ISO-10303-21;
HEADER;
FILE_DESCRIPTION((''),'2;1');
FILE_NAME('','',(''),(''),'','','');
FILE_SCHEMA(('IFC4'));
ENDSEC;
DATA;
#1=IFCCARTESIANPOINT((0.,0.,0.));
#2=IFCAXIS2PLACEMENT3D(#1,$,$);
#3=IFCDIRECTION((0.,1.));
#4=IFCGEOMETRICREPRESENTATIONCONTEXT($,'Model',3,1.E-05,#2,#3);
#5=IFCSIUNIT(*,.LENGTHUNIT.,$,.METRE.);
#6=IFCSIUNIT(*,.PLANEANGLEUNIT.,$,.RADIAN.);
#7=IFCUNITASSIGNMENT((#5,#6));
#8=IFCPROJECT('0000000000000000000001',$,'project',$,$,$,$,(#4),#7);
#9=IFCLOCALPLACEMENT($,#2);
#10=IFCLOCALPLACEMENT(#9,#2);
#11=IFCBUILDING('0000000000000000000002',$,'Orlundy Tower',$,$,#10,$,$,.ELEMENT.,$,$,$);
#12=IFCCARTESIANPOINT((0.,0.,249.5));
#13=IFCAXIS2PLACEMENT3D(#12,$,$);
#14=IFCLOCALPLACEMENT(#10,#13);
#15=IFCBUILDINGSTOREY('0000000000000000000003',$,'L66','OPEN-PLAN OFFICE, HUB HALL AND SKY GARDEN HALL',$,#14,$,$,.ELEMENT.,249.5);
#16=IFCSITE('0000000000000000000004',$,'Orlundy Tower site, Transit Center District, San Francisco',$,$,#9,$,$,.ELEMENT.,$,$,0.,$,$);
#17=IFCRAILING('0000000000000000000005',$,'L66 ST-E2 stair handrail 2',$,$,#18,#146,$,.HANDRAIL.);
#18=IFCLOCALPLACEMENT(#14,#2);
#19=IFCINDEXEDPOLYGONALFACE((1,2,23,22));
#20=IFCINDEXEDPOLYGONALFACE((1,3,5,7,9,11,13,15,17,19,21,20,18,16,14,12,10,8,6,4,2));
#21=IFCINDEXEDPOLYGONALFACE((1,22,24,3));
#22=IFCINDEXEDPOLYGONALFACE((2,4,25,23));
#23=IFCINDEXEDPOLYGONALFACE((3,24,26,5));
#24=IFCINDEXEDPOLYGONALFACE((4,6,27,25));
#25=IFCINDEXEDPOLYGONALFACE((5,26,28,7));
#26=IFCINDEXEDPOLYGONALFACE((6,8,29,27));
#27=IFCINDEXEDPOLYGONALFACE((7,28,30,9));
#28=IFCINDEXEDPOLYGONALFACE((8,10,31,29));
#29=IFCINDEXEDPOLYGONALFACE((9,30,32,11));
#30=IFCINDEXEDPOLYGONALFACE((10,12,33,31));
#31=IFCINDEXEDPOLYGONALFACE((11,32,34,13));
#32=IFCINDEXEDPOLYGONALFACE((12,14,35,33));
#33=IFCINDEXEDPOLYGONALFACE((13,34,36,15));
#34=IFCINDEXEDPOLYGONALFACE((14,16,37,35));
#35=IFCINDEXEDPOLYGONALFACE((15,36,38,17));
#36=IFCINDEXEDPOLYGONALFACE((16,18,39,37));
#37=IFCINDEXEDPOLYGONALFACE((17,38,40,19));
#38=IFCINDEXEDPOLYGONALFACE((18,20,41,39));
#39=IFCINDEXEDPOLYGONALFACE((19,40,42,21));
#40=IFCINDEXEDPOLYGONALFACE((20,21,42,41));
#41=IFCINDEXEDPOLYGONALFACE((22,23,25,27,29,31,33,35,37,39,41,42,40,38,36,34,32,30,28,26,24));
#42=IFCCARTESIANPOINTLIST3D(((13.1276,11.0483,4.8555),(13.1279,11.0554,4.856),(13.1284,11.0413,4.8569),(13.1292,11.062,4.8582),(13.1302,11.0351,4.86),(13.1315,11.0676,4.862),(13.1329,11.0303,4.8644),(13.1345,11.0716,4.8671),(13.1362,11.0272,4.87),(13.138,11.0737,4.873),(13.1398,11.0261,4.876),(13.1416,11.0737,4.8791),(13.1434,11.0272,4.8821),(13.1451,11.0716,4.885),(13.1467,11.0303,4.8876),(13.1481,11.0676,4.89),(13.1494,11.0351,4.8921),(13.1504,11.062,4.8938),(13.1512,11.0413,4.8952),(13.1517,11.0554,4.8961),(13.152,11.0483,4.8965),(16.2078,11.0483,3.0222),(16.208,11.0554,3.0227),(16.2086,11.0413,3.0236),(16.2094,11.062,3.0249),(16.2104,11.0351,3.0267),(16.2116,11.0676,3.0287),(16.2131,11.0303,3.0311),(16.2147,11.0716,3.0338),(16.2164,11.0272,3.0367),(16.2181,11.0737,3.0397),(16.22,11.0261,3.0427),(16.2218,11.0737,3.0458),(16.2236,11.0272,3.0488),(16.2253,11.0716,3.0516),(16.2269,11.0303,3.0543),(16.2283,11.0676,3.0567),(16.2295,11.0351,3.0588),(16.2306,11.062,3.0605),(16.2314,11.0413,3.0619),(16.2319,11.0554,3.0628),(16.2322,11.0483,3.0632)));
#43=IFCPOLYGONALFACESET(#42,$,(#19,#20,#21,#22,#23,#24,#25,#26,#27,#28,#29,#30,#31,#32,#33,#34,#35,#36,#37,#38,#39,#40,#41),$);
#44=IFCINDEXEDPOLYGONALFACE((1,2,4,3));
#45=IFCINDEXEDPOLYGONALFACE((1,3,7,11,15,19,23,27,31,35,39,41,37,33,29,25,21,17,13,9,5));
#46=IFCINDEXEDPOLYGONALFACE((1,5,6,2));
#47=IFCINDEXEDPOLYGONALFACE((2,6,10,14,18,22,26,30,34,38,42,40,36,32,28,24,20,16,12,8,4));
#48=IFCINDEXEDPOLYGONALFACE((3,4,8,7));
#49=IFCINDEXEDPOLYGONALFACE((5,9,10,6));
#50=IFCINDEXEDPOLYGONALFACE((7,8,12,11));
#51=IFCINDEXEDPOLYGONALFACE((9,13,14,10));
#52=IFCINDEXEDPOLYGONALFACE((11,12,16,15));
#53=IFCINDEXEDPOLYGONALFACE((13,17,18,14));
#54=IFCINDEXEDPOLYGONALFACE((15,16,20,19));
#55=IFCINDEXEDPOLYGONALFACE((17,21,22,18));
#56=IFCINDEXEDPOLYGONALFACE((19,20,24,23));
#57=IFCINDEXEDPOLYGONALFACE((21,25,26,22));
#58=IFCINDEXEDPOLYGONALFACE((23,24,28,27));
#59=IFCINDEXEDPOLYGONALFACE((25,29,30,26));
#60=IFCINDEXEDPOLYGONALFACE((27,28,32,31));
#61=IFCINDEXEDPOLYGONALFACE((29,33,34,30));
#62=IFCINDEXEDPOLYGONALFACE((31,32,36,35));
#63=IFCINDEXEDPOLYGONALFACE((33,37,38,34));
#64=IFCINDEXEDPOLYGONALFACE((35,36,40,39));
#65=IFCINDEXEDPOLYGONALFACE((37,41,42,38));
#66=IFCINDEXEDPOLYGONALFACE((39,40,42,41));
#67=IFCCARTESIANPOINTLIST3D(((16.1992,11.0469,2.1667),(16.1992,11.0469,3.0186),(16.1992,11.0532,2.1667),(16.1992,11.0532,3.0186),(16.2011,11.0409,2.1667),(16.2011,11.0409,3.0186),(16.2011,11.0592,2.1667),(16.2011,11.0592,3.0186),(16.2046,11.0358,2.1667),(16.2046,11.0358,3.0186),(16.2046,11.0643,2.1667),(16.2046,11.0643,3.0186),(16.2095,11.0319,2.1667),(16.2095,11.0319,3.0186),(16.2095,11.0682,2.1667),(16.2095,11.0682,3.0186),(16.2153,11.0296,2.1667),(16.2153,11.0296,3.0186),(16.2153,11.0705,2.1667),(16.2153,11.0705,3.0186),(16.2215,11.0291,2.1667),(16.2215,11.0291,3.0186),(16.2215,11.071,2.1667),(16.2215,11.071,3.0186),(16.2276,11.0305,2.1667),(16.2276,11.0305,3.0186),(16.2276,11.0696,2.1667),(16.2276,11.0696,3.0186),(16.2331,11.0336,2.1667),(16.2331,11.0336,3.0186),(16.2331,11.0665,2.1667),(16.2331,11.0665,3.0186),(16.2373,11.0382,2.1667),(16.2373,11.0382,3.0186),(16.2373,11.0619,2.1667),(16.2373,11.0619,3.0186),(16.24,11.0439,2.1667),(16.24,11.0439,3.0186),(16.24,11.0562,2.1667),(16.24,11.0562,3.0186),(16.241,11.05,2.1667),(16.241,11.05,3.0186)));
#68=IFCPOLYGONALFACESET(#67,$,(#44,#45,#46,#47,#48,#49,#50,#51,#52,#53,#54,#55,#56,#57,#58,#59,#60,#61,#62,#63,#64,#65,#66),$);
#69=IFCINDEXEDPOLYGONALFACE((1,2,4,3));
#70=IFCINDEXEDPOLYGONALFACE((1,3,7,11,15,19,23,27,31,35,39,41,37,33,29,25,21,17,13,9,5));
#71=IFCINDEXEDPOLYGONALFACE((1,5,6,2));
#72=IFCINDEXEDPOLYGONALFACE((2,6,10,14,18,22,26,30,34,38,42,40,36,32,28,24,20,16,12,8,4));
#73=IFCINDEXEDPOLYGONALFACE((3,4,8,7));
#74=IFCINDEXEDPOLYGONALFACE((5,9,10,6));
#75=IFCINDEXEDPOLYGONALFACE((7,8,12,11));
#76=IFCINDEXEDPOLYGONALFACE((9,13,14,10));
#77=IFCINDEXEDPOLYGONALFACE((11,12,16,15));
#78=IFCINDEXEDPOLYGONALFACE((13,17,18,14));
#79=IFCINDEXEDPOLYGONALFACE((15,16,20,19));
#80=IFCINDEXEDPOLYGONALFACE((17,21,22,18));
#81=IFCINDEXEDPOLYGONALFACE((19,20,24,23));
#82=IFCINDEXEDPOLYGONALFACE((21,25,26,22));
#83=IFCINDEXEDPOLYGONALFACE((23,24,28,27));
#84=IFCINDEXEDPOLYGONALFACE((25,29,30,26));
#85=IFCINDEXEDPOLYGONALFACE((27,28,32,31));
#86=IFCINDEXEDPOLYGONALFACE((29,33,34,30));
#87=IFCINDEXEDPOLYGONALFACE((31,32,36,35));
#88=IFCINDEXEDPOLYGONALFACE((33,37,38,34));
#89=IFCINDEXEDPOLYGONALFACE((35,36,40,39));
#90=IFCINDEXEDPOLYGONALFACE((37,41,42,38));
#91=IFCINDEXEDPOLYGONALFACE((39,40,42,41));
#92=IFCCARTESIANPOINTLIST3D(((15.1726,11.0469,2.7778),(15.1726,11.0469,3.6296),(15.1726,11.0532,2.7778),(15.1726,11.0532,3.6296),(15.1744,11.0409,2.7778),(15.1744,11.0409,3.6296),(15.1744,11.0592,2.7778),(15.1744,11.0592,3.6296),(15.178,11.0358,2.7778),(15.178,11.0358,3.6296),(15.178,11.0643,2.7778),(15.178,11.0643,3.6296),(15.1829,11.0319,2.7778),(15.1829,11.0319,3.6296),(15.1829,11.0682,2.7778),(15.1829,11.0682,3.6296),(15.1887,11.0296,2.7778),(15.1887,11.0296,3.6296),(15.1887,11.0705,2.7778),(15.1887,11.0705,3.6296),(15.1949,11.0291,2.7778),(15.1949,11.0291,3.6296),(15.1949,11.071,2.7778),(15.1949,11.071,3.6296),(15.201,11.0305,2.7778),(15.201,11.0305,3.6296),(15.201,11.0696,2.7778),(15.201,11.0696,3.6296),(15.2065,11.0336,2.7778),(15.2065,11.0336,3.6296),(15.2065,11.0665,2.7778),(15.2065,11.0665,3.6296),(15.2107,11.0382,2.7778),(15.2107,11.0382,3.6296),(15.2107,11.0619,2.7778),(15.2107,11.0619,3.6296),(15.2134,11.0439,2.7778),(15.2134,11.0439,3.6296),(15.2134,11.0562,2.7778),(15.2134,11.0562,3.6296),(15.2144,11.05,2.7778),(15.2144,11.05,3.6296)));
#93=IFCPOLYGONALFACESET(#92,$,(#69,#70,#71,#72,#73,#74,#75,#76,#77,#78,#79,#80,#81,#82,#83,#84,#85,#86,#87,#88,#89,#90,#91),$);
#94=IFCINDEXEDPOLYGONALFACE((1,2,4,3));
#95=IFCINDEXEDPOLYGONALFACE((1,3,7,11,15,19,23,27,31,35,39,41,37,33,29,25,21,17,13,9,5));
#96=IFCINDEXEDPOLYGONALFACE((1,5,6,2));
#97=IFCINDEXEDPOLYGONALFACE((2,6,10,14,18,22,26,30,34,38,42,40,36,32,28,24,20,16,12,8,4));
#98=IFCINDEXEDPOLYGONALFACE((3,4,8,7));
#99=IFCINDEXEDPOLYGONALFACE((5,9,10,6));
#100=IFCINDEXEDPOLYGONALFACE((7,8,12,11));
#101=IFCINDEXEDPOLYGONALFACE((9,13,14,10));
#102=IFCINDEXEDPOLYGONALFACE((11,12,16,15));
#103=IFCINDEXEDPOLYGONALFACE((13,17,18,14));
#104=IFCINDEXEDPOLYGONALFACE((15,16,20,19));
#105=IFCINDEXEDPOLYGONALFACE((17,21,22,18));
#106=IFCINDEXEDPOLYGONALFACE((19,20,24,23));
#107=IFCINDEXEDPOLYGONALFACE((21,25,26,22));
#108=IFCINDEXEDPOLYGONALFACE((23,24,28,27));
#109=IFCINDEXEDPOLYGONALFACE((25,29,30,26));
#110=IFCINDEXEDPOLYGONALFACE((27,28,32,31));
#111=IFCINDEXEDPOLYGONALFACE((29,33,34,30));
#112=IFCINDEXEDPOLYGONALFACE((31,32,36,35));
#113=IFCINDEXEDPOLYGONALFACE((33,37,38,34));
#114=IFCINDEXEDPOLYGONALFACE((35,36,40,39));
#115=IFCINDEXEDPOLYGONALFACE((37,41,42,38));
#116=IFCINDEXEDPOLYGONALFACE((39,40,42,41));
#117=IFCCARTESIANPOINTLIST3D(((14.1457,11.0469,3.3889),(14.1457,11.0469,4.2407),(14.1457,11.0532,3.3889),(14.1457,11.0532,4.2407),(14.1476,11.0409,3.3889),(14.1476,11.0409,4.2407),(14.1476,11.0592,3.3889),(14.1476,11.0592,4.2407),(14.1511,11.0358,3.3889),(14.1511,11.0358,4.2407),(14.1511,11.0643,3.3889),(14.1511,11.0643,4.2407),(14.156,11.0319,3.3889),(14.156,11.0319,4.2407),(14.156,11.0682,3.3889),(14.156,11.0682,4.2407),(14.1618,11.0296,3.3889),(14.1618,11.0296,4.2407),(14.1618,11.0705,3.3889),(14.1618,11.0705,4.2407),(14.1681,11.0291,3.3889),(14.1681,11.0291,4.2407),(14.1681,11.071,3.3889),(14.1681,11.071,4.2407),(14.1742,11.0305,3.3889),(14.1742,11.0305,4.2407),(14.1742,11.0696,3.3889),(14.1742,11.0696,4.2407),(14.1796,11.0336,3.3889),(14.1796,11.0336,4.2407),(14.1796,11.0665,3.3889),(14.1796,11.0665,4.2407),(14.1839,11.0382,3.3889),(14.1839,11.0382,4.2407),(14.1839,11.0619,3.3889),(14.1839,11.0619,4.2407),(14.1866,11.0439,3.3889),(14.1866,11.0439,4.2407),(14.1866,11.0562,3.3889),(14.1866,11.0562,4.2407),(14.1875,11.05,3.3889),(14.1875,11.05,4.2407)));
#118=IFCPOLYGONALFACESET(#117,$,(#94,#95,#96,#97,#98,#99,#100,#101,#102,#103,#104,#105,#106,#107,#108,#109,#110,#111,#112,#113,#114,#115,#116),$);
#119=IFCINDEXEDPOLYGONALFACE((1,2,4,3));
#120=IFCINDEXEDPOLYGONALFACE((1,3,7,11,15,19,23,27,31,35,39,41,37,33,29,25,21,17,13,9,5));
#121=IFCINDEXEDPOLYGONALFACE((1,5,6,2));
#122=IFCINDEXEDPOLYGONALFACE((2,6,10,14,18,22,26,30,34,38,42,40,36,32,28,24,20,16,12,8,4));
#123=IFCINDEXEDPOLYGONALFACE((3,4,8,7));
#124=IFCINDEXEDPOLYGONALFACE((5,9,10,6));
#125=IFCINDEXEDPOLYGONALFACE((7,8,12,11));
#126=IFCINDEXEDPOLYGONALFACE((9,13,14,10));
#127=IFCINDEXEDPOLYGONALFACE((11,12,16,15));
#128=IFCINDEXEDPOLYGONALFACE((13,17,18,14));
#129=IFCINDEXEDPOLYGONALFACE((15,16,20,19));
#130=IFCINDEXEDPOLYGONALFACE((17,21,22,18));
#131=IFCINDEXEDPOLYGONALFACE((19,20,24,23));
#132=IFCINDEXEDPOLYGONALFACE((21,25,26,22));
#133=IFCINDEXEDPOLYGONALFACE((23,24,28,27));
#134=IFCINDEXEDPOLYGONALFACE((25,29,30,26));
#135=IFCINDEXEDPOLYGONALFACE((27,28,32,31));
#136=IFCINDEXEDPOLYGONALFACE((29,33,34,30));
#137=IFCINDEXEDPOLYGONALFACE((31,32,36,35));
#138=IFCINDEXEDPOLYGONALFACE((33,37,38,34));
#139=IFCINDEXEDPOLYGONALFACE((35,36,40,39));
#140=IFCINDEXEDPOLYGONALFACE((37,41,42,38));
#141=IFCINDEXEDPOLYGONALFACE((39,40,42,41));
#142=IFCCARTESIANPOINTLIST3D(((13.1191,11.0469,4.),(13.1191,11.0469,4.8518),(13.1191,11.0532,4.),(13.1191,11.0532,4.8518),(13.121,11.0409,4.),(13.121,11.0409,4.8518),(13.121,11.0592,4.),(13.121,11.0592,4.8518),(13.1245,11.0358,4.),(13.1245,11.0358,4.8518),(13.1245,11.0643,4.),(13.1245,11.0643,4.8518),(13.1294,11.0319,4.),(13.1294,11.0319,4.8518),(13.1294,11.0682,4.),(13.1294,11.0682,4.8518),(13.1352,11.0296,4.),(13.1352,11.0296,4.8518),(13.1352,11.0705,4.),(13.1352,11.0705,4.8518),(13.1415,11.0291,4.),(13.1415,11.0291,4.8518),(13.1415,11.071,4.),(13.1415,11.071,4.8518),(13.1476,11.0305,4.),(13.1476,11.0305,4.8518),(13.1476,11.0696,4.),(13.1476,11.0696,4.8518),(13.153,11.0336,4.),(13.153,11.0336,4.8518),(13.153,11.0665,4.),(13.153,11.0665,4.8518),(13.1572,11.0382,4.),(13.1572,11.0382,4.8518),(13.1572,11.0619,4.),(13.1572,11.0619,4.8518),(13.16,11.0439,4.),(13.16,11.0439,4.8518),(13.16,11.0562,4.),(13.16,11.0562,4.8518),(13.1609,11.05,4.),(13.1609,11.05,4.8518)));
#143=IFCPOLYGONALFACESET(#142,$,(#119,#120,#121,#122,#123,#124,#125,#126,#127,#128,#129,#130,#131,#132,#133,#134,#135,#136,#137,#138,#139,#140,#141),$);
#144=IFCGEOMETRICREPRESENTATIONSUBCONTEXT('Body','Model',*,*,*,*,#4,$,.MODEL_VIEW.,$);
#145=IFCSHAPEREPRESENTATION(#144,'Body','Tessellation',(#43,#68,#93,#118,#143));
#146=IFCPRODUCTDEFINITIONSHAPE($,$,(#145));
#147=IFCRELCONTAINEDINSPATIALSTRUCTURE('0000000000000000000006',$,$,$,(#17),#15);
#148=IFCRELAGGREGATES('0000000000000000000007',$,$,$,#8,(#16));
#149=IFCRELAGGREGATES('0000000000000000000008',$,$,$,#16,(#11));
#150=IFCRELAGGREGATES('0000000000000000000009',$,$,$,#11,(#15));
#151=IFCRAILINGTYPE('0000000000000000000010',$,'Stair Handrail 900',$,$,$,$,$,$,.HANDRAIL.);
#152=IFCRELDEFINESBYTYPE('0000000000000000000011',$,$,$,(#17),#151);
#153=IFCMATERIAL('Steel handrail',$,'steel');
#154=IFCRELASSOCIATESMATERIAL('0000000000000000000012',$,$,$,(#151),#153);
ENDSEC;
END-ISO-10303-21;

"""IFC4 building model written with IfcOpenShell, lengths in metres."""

from ifc_helpers import new_model, si_unit, direction, frame, origin, origin_2d, place, context, subcontext, project, spatial, circle, extrude, material, type_object, element, save


model = new_model("IFC4")

# Units and contexts
model_context = context("Model", 3, precision=1e-05, world=origin(), true_north=direction((0.0, 1.0)))
body_context = subcontext(model_context, "Body", "Model", "MODEL_VIEW")
ifc_project = project(units=[si_unit("LENGTHUNIT", "METRE"), si_unit("PLANEANGLEUNIT", "RADIAN")], contexts=[model_context])

# Site, building, storey
site_placement = place(None, origin())
site = spatial("IfcSite", under=ifc_project, at=site_placement, Name="Orlundy Tower site, Transit Center District, San Francisco", CompositionType="ELEMENT", RefElevation=0.0)
building_placement = place(site_placement, origin())
building = spatial("IfcBuilding", under=site, at=building_placement, Name="Orlundy Tower", CompositionType="ELEMENT")
storey_placement = place(building_placement, frame((0.0, 0.0, 249.5)))
storey = spatial("IfcBuildingStorey", under=building, at=storey_placement, Name="L66", Description="OPEN-PLAN OFFICE, HUB HALL AND SKY GARDEN HALL", CompositionType="ELEMENT", Elevation=249.5)

# Railing
ifc_material_1 = material(Name="Steel handrail", Category="steel")
railing_type_1 = type_object("IfcRailingType", Name="Stair Handrail 900", PredefinedType="HANDRAIL", material=ifc_material_1)
railing_1_placement = place(storey_placement, frame((16.22, 11.05, 2.1667)))
element("IfcRailing", 1, at=railing_1_placement, inside=storey, type_object=railing_type_1, Name="L66 ST-E2 stair handrail 2", PredefinedType="HANDRAIL", context=body_context, shape_type="SweptSolid", body=[
    extrude(circle(Radius=0.0239, at=origin_2d()), frame((0.0, 0.0, 0.876), z_axis=(-0.859309, 0.0, 0.511458), x_axis=(0.0, -1.0, 0.0)), (0.0, 0.0, 1.0), 3.5845),
    extrude(circle(Radius=0.021, at=origin_2d()), origin(), (0.0, 0.0, 1.0), 0.8518),
    extrude(circle(Radius=0.021, at=origin_2d()), frame((-1.0266, 0.0, 0.6111)), (0.0, 0.0, 1.0), 0.8518),
    extrude(circle(Radius=0.021, at=origin_2d()), frame((-2.0535, 0.0, 1.2222)), (0.0, 0.0, 1.0), 0.8518),
    extrude(circle(Radius=0.021, at=origin_2d()), frame((-3.0801, 0.0, 1.8333)), (0.0, 0.0, 1.0), 0.8518),
])

save(model, "model.ifc")
